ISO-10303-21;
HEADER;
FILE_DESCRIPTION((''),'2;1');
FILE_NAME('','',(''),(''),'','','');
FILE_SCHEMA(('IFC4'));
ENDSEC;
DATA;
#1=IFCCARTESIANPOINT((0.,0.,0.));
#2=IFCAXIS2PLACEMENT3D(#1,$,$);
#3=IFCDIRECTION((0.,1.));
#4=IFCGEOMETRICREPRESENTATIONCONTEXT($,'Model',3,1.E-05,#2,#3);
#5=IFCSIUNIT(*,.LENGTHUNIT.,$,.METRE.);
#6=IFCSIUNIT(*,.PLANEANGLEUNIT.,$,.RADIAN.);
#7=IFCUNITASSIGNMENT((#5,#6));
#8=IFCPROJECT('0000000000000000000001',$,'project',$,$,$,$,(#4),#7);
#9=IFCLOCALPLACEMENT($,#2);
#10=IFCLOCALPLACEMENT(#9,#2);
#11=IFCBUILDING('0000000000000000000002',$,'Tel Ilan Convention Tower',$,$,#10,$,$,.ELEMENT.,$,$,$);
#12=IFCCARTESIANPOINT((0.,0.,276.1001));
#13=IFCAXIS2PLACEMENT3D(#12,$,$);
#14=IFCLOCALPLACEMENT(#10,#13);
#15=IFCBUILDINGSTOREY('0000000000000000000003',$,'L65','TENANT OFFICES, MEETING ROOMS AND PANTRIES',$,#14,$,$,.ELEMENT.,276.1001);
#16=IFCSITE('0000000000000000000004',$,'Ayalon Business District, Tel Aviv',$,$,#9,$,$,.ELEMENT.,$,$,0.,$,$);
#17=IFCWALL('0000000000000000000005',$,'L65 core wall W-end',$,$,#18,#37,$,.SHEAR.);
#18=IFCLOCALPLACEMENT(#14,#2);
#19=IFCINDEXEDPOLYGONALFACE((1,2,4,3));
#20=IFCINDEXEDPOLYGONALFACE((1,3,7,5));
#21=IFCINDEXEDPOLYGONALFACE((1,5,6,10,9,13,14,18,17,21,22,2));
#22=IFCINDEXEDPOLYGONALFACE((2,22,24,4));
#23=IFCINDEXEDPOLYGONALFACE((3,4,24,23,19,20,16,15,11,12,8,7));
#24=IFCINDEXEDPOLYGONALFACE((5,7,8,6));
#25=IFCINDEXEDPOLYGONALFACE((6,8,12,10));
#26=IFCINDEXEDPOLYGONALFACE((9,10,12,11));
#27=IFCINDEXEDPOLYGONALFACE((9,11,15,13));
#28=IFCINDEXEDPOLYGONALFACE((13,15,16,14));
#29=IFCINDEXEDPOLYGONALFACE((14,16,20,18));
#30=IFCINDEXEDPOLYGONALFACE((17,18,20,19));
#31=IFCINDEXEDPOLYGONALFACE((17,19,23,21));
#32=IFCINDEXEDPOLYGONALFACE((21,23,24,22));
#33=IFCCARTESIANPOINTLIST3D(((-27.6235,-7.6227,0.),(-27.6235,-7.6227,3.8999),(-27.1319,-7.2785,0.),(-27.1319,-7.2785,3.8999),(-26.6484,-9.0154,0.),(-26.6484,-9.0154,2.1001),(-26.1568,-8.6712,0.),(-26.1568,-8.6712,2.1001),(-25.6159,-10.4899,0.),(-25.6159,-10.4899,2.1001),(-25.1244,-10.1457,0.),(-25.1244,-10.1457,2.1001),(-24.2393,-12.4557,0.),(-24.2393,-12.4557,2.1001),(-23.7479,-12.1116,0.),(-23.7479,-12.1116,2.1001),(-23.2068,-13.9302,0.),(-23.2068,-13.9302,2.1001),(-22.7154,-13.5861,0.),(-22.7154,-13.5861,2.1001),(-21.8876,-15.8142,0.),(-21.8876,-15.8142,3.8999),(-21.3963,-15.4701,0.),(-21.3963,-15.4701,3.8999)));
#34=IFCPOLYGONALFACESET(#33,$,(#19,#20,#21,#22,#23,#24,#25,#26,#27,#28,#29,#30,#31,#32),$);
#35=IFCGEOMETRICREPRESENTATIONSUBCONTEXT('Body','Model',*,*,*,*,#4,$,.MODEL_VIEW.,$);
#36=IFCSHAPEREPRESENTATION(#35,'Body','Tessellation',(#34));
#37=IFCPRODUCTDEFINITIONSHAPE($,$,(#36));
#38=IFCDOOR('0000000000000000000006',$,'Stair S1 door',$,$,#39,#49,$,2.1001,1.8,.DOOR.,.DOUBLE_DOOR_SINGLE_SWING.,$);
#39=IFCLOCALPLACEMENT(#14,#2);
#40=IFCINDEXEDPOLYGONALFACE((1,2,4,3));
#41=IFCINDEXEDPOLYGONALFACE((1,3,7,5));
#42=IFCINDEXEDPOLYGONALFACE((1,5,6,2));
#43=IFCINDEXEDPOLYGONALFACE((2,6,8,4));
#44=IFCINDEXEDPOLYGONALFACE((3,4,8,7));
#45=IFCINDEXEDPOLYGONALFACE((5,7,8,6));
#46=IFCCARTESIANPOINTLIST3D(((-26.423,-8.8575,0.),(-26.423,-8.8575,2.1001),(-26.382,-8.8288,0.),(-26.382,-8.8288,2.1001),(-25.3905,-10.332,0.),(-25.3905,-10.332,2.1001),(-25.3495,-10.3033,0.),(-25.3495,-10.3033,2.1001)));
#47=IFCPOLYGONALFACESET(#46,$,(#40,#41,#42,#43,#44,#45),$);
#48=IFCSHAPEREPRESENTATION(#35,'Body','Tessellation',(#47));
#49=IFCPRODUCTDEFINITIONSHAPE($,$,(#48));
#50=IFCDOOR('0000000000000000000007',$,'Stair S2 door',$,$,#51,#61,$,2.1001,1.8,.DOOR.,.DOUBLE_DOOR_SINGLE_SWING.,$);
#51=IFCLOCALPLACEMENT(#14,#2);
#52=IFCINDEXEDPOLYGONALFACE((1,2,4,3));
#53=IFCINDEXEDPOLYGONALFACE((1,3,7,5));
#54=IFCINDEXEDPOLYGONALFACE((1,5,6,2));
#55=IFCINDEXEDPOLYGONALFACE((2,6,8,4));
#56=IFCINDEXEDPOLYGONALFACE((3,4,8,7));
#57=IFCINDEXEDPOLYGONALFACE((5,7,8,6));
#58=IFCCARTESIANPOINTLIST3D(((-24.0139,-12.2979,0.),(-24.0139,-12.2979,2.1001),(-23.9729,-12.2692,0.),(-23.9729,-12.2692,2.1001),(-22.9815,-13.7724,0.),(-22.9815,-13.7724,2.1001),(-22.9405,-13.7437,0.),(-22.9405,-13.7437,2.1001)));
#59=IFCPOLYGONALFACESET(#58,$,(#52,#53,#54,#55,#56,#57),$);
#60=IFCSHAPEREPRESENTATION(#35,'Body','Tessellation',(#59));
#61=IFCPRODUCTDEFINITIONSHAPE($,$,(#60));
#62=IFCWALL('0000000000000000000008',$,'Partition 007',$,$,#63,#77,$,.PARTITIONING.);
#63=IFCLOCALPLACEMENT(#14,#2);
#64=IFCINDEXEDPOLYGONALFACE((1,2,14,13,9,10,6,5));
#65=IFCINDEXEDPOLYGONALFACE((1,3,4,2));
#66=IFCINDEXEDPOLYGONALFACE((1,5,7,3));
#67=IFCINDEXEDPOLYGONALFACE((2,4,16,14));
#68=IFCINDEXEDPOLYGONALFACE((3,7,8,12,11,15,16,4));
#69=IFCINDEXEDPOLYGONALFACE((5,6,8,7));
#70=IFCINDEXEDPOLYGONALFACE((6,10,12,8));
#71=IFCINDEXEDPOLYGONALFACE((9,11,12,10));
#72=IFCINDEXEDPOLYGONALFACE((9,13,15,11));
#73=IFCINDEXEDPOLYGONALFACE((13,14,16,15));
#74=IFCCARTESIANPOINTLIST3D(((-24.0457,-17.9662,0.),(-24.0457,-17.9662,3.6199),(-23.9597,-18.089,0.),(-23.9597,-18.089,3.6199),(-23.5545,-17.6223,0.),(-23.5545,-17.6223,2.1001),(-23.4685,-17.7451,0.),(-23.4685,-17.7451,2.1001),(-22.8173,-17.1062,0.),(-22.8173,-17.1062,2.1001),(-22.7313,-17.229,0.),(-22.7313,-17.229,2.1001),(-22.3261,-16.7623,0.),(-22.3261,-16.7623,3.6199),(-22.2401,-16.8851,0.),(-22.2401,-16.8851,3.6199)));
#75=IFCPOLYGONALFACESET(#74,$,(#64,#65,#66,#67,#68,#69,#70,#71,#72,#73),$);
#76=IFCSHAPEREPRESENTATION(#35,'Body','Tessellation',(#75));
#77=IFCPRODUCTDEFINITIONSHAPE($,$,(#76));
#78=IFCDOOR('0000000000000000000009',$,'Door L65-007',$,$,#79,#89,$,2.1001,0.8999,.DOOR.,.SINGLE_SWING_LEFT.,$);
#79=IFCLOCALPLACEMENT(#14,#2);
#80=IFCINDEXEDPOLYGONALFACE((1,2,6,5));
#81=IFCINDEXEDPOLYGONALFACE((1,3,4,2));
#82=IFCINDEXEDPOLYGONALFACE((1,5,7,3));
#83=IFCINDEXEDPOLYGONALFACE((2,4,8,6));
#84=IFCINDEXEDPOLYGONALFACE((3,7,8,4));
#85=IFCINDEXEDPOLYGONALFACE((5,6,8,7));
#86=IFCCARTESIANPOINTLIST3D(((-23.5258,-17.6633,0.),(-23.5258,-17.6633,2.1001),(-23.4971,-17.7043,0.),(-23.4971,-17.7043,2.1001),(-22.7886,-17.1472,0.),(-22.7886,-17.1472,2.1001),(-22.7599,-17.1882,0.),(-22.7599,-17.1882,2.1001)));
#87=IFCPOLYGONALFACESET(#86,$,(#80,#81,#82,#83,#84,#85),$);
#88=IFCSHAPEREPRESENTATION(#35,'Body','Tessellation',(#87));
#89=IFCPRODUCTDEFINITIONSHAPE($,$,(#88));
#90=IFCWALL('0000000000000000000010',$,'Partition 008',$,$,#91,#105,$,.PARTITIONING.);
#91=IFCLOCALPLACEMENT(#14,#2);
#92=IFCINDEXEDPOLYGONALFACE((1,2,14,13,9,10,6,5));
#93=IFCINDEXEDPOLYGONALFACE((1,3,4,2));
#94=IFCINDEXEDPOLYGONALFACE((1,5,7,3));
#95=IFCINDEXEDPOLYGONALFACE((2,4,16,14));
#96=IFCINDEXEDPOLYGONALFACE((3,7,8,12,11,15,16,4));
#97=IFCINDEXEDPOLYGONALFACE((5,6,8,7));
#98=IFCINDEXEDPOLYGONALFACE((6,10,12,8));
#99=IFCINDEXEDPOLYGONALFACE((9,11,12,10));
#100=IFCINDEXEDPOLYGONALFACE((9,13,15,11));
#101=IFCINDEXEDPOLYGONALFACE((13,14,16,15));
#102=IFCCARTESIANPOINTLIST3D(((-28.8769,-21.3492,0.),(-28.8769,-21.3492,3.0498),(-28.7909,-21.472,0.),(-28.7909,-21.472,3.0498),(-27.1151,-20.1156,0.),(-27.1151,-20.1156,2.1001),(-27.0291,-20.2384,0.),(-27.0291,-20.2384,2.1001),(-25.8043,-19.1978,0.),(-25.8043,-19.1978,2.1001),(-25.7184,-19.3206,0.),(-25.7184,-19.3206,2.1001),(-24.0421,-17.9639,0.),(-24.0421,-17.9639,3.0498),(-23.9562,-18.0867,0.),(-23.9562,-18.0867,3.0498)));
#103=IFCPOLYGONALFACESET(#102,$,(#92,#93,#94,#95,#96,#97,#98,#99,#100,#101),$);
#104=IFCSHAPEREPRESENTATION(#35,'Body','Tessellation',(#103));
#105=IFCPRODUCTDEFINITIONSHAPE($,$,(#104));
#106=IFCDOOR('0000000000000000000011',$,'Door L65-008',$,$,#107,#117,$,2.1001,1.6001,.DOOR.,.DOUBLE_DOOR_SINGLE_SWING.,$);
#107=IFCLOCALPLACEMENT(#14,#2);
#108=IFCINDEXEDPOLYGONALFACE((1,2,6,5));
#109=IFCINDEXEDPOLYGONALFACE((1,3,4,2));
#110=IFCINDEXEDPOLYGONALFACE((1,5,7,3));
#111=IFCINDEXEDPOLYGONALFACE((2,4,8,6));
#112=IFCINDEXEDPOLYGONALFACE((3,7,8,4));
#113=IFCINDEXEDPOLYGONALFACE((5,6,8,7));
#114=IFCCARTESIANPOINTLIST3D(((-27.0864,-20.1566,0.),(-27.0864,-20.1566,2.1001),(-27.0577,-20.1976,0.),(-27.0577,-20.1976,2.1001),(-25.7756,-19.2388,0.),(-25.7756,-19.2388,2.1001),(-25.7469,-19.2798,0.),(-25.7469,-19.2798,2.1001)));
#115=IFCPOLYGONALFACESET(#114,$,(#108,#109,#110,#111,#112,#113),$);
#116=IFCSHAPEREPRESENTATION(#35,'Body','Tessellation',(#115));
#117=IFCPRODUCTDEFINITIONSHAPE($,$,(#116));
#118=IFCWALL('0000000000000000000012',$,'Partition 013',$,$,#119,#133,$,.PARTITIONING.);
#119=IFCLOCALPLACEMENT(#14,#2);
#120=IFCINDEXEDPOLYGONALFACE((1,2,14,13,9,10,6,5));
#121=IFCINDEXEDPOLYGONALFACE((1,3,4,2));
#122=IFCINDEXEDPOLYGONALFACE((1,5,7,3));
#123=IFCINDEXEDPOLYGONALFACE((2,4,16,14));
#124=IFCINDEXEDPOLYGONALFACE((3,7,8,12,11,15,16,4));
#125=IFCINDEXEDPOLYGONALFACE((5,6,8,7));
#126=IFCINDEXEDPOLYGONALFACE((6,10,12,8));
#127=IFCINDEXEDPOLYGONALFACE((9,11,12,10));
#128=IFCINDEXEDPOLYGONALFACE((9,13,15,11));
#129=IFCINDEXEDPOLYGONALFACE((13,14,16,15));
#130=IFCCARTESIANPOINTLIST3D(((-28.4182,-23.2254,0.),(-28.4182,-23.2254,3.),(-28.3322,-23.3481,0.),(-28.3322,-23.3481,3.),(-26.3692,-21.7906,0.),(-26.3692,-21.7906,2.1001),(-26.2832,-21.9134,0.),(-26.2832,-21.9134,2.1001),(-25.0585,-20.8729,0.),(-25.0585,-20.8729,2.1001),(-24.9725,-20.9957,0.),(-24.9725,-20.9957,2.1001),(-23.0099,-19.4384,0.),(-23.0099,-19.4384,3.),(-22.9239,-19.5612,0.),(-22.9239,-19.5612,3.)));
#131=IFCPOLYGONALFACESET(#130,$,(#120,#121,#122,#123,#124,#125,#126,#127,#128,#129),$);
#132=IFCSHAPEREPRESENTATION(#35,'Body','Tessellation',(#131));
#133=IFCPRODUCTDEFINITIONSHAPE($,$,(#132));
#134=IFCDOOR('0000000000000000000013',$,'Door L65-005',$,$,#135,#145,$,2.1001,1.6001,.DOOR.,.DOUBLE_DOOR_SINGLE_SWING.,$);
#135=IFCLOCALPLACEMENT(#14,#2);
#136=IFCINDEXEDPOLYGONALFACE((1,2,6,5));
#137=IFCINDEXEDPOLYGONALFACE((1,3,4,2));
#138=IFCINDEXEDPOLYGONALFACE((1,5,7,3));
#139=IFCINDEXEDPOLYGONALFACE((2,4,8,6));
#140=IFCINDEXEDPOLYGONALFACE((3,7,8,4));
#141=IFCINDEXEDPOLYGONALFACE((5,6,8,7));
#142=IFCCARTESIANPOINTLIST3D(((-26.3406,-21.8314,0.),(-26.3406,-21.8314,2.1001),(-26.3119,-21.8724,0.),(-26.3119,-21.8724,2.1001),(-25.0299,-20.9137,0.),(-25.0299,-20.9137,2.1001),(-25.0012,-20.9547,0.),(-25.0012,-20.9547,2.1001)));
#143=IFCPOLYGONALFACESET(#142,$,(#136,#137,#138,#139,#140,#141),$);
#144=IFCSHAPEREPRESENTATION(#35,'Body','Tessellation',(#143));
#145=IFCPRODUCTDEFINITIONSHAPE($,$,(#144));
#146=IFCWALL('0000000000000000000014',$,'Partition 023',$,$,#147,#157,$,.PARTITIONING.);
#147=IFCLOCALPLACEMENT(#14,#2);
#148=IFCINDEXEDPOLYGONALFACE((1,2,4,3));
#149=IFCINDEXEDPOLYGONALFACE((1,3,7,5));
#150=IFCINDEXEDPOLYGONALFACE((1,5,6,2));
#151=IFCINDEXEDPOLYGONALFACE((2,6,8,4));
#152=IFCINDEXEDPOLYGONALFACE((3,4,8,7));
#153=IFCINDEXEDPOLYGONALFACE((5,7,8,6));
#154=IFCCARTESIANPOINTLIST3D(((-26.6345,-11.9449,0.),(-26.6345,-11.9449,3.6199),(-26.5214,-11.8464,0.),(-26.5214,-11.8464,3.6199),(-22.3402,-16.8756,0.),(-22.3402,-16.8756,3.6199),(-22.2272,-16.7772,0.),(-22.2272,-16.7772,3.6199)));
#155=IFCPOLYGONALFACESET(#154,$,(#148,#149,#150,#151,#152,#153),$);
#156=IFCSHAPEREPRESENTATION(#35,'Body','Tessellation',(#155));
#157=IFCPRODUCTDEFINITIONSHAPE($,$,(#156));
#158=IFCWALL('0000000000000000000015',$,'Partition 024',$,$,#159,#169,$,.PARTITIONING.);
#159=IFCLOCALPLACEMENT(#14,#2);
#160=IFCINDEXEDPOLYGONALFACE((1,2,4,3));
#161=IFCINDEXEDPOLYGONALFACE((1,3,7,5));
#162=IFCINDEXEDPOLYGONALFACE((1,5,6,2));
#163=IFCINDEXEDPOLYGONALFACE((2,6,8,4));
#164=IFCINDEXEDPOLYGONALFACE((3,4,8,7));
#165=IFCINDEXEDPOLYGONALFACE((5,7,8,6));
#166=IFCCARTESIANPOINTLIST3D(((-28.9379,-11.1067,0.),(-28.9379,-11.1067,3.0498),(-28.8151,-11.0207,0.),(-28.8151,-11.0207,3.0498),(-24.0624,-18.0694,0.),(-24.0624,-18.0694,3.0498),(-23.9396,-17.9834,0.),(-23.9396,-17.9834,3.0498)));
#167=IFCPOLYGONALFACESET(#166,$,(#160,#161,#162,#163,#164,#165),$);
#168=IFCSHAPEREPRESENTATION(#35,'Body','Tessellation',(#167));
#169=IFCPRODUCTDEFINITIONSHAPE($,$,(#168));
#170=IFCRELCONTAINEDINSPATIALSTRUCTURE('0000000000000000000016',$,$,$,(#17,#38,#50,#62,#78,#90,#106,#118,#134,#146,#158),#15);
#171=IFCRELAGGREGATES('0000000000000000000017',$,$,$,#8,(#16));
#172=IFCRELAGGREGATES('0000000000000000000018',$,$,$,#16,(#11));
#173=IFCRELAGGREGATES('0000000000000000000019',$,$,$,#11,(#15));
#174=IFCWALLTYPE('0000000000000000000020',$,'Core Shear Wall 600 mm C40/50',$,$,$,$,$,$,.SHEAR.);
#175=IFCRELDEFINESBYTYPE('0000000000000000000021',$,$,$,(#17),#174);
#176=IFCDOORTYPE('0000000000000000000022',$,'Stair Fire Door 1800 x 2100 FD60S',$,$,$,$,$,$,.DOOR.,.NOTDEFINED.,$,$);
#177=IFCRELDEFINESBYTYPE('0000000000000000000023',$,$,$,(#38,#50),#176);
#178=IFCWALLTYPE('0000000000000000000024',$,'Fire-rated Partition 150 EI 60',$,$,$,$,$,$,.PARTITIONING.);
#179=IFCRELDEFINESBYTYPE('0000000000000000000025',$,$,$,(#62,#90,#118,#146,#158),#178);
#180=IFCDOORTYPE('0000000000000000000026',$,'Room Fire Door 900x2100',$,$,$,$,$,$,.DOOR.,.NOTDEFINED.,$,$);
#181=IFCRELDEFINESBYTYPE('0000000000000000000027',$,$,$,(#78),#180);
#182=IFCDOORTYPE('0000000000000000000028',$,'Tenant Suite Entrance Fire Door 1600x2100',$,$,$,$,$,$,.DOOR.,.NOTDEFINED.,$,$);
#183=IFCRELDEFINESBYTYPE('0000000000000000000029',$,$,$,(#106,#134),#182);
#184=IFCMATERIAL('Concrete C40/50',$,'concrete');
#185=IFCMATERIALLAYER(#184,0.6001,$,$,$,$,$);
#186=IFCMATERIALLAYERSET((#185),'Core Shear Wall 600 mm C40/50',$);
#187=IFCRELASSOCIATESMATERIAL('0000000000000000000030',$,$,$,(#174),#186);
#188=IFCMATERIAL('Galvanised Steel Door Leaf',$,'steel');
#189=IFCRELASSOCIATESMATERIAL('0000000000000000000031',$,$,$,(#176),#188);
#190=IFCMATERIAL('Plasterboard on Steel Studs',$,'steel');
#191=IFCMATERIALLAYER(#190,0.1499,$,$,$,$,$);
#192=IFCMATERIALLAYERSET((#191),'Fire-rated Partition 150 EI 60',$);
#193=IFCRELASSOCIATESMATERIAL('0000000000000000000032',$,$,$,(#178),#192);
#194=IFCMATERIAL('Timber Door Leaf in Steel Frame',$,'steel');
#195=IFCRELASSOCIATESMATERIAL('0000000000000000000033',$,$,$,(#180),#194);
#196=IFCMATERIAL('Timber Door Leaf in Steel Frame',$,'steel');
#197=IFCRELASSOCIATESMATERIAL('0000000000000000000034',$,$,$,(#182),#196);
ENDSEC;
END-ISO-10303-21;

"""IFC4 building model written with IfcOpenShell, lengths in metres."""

from ifc_helpers import new_model, si_unit, direction, frame, frame_2d, origin, place, context, subcontext, project, spatial, polyline, rectangle, outline, extrude, material, layer, layer_set, type_object, element, fill, save


model = new_model("IFC4")

# Units and contexts
model_context = context("Model", 3, precision=1e-05, world=origin(), true_north=direction((0.0, 1.0)))
body_context = subcontext(model_context, "Body", "Model", "MODEL_VIEW")
ifc_project = project(units=[si_unit("LENGTHUNIT", "METRE"), si_unit("PLANEANGLEUNIT", "RADIAN")], contexts=[model_context])

# Site, building, storey
site_placement = place(None, origin())
site = spatial("IfcSite", under=ifc_project, at=site_placement, Name="Ayalon Business District, Tel Aviv", CompositionType="ELEMENT", RefElevation=0.0)
building_placement = place(site_placement, origin())
building = spatial("IfcBuilding", under=site, at=building_placement, Name="Tel Ilan Convention Tower", CompositionType="ELEMENT")
storey_placement = place(building_placement, frame((0.0, 0.0, 276.1001)))
storey = spatial("IfcBuildingStorey", under=building, at=storey_placement, Name="L65", Description="TENANT OFFICES, MEETING ROOMS AND PANTRIES", CompositionType="ELEMENT", Elevation=276.1001)

# Wall, openings, doors
ifc_material_1 = material(Name="Concrete C40/50", Category="concrete")
ifc_layer_1 = layer(ifc_material_1, 0.6001)
ifc_layer_set_1 = layer_set([ifc_layer_1], Name="Core Shear Wall 600 mm C40/50")
wall_type_1 = type_object("IfcWallType", Name="Core Shear Wall 600 mm C40/50", PredefinedType="SHEAR", material=ifc_layer_set_1)
wall_1_placement = place(storey_placement, frame((-21.6418, -15.6421, 0.0), z_axis=(0.0, 0.0, 1.0), x_axis=(-0.573587, 0.819145, 0.0)))
wall_1 = element("IfcWall", 1, at=wall_1_placement, inside=storey, type_object=wall_type_1, Name="L65 core wall W-end", PredefinedType="SHEAR", context=body_context, shape_type="SweptSolid", body=[
    extrude(outline(polyline([(0.0, 0.3), (0.0, -0.2998), (10.0, -0.3), (10.0, 0.3), (0.0, 0.3)])), origin(), (0.0, 0.0, 1.0), 3.8999),
])
opening_1_placement = place(wall_1_placement, frame((6.5, 0.0, 0.0)))
opening_1 = element("IfcOpeningElement", 2, at=opening_1_placement, cuts=wall_1, PredefinedType="OPENING", context=body_context, shape_type="SweptSolid", body=[
    extrude(rectangle(XDim=1.8, YDim=2.1001, at=frame_2d((0.8999, 1.05))), frame((0.0, 0.3101, 0.0), z_axis=(0.0, -1.0, 0.0), x_axis=(1.0, 0.0, 0.0)), (0.0, 0.0, 1.0), 0.6201),
])
opening_2_placement = place(wall_1_placement, frame((2.3, 0.0, 0.0)))
opening_2 = element("IfcOpeningElement", 3, at=opening_2_placement, cuts=wall_1, PredefinedType="OPENING", context=body_context, shape_type="SweptSolid", body=[
    extrude(rectangle(XDim=1.8, YDim=2.1001, at=frame_2d((0.8999, 1.05))), frame((0.0, 0.3101, 0.0), z_axis=(0.0, -1.0, 0.0), x_axis=(1.0, 0.0, 0.0)), (0.0, 0.0, 1.0), 0.6201),
])
ifc_material_2 = material(Name="Galvanised Steel Door Leaf", Category="steel")
door_type_1 = type_object("IfcDoorType", Name="Stair Fire Door 1800 x 2100 FD60S", OperationType="NOTDEFINED", PredefinedType="DOOR", material=ifc_material_2)
door_1_placement = place(opening_1_placement, origin())
door_1 = element("IfcDoor", 4, at=door_1_placement, inside=storey, type_object=door_type_1, Name="Stair S1 door", OperationType="DOUBLE_DOOR_SINGLE_SWING", OverallHeight=2.1001, OverallWidth=1.8, PredefinedType="DOOR", context=body_context, shape_type="SweptSolid", body=[
    extrude(rectangle(XDim=1.8, YDim=2.1001, at=frame_2d((0.8999, 1.05))), frame((0.0, 0.0249, 0.0), z_axis=(0.0, -1.0, 0.0), x_axis=(1.0, 0.0, 0.0)), (0.0, 0.0, 1.0), 0.05),
])
fill(opening_1, door_1)
door_2_placement = place(opening_2_placement, origin())
door_2 = element("IfcDoor", 5, at=door_2_placement, inside=storey, type_object=door_type_1, Name="Stair S2 door", OperationType="DOUBLE_DOOR_SINGLE_SWING", OverallHeight=2.1001, OverallWidth=1.8, PredefinedType="DOOR", context=body_context, shape_type="SweptSolid", body=[
    extrude(rectangle(XDim=1.8, YDim=2.1001, at=frame_2d((0.8999, 1.05))), frame((0.0, 0.0249, 0.0), z_axis=(0.0, -1.0, 0.0), x_axis=(1.0, 0.0, 0.0)), (0.0, 0.0, 1.0), 0.05),
])
fill(opening_2, door_2)

# Walls, openings, doors
ifc_material_3 = material(Name="Plasterboard on Steel Studs", Category="steel")
ifc_layer_2 = layer(ifc_material_3, 0.1499)
ifc_layer_set_2 = layer_set([ifc_layer_2], Name="Fire-rated Partition 150 EI 60")
wall_type_2 = type_object("IfcWallType", Name="Fire-rated Partition 150 EI 60", PredefinedType="PARTITIONING", material=ifc_layer_set_2)
wall_2_placement = place(storey_placement, frame((-24.0027, -18.0276, 0.0), z_axis=(0.0, 0.0, 1.0), x_axis=(0.819183, 0.573533, 0.0)))
wall_2 = element("IfcWall", 6, at=wall_2_placement, inside=storey, type_object=wall_type_2, Name="Partition 007", PredefinedType="PARTITIONING", context=body_context, shape_type="SweptSolid", body=[
    extrude(rectangle(XDim=2.0991, YDim=0.1499, at=frame_2d((1.0496, 0.0))), origin(), (0.0, 0.0, 1.0), 3.6199),
])
opening_3_placement = place(wall_2_placement, frame((0.5996, 0.0, 0.0)))
opening_3 = element("IfcOpeningElement", 7, at=opening_3_placement, cuts=wall_2, PredefinedType="OPENING", context=body_context, shape_type="SweptSolid", body=[
    extrude(rectangle(XDim=0.8999, YDim=2.1001, at=frame_2d((0.45, 1.05))), frame((0.0, 0.085, 0.0), z_axis=(0.0, -1.0, 0.0), x_axis=(1.0, 0.0, 0.0)), (0.0, 0.0, 1.0), 0.1699),
])
ifc_material_4 = material(Name="Timber Door Leaf in Steel Frame", Category="steel")
door_type_2 = type_object("IfcDoorType", Name="Room Fire Door 900x2100", OperationType="NOTDEFINED", PredefinedType="DOOR", material=ifc_material_4)
door_3_placement = place(opening_3_placement, origin())
door_3 = element("IfcDoor", 8, at=door_3_placement, inside=storey, type_object=door_type_2, Name="Door L65-007", OperationType="SINGLE_SWING_LEFT", OverallHeight=2.1001, OverallWidth=0.8999, PredefinedType="DOOR", context=body_context, shape_type="SweptSolid", body=[
    extrude(rectangle(XDim=0.8999, YDim=2.1001, at=frame_2d((0.45, 1.05))), frame((0.0, 0.0249, 0.0), z_axis=(0.0, -1.0, 0.0), x_axis=(1.0, 0.0, 0.0)), (0.0, 0.0, 1.0), 0.05),
])
fill(opening_3, door_3)
wall_3_placement = place(storey_placement, frame((-28.834, -21.4106, 0.0), z_axis=(0.0, 0.0, 1.0), x_axis=(0.819156, 0.573571, 0.0)))
wall_3 = element("IfcWall", 9, at=wall_3_placement, inside=storey, type_object=wall_type_2, Name="Partition 008", PredefinedType="PARTITIONING", context=body_context, shape_type="SweptSolid", body=[
    extrude(rectangle(XDim=5.9021, YDim=0.1499, at=frame_2d((2.9512, 0.0))), origin(), (0.0, 0.0, 1.0), 3.0498),
])
opening_4_placement = place(wall_3_placement, frame((2.1509, 0.0, 0.0)))
opening_4 = element("IfcOpeningElement", 10, at=opening_4_placement, cuts=wall_3, PredefinedType="OPENING", context=body_context, shape_type="SweptSolid", body=[
    extrude(rectangle(XDim=1.6001, YDim=2.1001, at=frame_2d((0.8, 1.05))), frame((0.0, 0.085, 0.0), z_axis=(0.0, -1.0, 0.0), x_axis=(1.0, 0.0, 0.0)), (0.0, 0.0, 1.0), 0.1699),
])
ifc_material_5 = material(Name="Timber Door Leaf in Steel Frame", Category="steel")
door_type_3 = type_object("IfcDoorType", Name="Tenant Suite Entrance Fire Door 1600x2100", OperationType="NOTDEFINED", PredefinedType="DOOR", material=ifc_material_5)
door_4_placement = place(opening_4_placement, origin())
door_4 = element("IfcDoor", 11, at=door_4_placement, inside=storey, type_object=door_type_3, Name="Door L65-008", OperationType="DOUBLE_DOOR_SINGLE_SWING", OverallHeight=2.1001, OverallWidth=1.6001, PredefinedType="DOOR", context=body_context, shape_type="SweptSolid", body=[
    extrude(rectangle(XDim=1.6001, YDim=2.1001, at=frame_2d((0.8, 1.05))), frame((0.0, 0.0249, 0.0), z_axis=(0.0, -1.0, 0.0), x_axis=(1.0, 0.0, 0.0)), (0.0, 0.0, 1.0), 0.05),
])
fill(opening_4, door_4)
wall_4_placement = place(storey_placement, frame((-22.9668, -19.4998, 0.0), z_axis=(0.0, 0.0, 1.0), x_axis=(-0.819152, -0.573577, 0.0)))
wall_4 = element("IfcWall", 12, at=wall_4_placement, inside=storey, type_object=wall_type_2, Name="Partition 013", PredefinedType="PARTITIONING", context=body_context, shape_type="SweptSolid", body=[
    extrude(rectangle(XDim=6.6023, YDim=0.1499, at=frame_2d((3.3013, 0.0))), origin(), (0.0, 0.0, 1.0), 3.0),
])
opening_5_placement = place(wall_4_placement, frame((2.501, 0.0, 0.0)))
opening_5 = element("IfcOpeningElement", 13, at=opening_5_placement, cuts=wall_4, PredefinedType="OPENING", context=body_context, shape_type="SweptSolid", body=[
    extrude(rectangle(XDim=1.6001, YDim=2.1001, at=frame_2d((0.8, 1.05))), frame((0.0, 0.085, 0.0), z_axis=(0.0, -1.0, 0.0), x_axis=(1.0, 0.0, 0.0)), (0.0, 0.0, 1.0), 0.1699),
])
door_5_placement = place(opening_5_placement, origin())
door_5 = element("IfcDoor", 14, at=door_5_placement, inside=storey, type_object=door_type_3, Name="Door L65-005", OperationType="DOUBLE_DOOR_SINGLE_SWING", OverallHeight=2.1001, OverallWidth=1.6001, PredefinedType="DOOR", context=body_context, shape_type="SweptSolid", body=[
    extrude(rectangle(XDim=1.6001, YDim=2.1001, at=frame_2d((0.8, 1.05))), frame((0.0, 0.0249, 0.0), z_axis=(0.0, -1.0, 0.0), x_axis=(1.0, 0.0, 0.0)), (0.0, 0.0, 1.0), 0.05),
])
fill(opening_5, door_5)

# Walls
wall_5_placement = place(storey_placement, frame((-22.2837, -16.8264, 0.0), z_axis=(0.0, 0.0, 1.0), x_axis=(-0.656758, 0.754101, 0.0)))
element("IfcWall", 15, at=wall_5_placement, inside=storey, type_object=wall_type_2, Name="Partition 023", PredefinedType="PARTITIONING", context=body_context, shape_type="SweptSolid", body=[
    extrude(rectangle(XDim=6.5386, YDim=0.1499, at=frame_2d((3.2693, 0.0))), origin(), (0.0, 0.0, 1.0), 3.6199),
])
wall_6_placement = place(storey_placement, frame((-24.001, -18.0264, 0.0), z_axis=(0.0, 0.0, 1.0), x_axis=(-0.573591, 0.819142, 0.0)))
element("IfcWall", 16, at=wall_6_placement, inside=storey, type_object=wall_type_2, Name="Partition 024", PredefinedType="PARTITIONING", context=body_context, shape_type="SweptSolid", body=[
    extrude(rectangle(XDim=8.5, YDim=0.1499, at=frame_2d((4.25, 0.0))), origin(), (0.0, 0.0, 1.0), 3.0498),
])

save(model, "model.ifc")
